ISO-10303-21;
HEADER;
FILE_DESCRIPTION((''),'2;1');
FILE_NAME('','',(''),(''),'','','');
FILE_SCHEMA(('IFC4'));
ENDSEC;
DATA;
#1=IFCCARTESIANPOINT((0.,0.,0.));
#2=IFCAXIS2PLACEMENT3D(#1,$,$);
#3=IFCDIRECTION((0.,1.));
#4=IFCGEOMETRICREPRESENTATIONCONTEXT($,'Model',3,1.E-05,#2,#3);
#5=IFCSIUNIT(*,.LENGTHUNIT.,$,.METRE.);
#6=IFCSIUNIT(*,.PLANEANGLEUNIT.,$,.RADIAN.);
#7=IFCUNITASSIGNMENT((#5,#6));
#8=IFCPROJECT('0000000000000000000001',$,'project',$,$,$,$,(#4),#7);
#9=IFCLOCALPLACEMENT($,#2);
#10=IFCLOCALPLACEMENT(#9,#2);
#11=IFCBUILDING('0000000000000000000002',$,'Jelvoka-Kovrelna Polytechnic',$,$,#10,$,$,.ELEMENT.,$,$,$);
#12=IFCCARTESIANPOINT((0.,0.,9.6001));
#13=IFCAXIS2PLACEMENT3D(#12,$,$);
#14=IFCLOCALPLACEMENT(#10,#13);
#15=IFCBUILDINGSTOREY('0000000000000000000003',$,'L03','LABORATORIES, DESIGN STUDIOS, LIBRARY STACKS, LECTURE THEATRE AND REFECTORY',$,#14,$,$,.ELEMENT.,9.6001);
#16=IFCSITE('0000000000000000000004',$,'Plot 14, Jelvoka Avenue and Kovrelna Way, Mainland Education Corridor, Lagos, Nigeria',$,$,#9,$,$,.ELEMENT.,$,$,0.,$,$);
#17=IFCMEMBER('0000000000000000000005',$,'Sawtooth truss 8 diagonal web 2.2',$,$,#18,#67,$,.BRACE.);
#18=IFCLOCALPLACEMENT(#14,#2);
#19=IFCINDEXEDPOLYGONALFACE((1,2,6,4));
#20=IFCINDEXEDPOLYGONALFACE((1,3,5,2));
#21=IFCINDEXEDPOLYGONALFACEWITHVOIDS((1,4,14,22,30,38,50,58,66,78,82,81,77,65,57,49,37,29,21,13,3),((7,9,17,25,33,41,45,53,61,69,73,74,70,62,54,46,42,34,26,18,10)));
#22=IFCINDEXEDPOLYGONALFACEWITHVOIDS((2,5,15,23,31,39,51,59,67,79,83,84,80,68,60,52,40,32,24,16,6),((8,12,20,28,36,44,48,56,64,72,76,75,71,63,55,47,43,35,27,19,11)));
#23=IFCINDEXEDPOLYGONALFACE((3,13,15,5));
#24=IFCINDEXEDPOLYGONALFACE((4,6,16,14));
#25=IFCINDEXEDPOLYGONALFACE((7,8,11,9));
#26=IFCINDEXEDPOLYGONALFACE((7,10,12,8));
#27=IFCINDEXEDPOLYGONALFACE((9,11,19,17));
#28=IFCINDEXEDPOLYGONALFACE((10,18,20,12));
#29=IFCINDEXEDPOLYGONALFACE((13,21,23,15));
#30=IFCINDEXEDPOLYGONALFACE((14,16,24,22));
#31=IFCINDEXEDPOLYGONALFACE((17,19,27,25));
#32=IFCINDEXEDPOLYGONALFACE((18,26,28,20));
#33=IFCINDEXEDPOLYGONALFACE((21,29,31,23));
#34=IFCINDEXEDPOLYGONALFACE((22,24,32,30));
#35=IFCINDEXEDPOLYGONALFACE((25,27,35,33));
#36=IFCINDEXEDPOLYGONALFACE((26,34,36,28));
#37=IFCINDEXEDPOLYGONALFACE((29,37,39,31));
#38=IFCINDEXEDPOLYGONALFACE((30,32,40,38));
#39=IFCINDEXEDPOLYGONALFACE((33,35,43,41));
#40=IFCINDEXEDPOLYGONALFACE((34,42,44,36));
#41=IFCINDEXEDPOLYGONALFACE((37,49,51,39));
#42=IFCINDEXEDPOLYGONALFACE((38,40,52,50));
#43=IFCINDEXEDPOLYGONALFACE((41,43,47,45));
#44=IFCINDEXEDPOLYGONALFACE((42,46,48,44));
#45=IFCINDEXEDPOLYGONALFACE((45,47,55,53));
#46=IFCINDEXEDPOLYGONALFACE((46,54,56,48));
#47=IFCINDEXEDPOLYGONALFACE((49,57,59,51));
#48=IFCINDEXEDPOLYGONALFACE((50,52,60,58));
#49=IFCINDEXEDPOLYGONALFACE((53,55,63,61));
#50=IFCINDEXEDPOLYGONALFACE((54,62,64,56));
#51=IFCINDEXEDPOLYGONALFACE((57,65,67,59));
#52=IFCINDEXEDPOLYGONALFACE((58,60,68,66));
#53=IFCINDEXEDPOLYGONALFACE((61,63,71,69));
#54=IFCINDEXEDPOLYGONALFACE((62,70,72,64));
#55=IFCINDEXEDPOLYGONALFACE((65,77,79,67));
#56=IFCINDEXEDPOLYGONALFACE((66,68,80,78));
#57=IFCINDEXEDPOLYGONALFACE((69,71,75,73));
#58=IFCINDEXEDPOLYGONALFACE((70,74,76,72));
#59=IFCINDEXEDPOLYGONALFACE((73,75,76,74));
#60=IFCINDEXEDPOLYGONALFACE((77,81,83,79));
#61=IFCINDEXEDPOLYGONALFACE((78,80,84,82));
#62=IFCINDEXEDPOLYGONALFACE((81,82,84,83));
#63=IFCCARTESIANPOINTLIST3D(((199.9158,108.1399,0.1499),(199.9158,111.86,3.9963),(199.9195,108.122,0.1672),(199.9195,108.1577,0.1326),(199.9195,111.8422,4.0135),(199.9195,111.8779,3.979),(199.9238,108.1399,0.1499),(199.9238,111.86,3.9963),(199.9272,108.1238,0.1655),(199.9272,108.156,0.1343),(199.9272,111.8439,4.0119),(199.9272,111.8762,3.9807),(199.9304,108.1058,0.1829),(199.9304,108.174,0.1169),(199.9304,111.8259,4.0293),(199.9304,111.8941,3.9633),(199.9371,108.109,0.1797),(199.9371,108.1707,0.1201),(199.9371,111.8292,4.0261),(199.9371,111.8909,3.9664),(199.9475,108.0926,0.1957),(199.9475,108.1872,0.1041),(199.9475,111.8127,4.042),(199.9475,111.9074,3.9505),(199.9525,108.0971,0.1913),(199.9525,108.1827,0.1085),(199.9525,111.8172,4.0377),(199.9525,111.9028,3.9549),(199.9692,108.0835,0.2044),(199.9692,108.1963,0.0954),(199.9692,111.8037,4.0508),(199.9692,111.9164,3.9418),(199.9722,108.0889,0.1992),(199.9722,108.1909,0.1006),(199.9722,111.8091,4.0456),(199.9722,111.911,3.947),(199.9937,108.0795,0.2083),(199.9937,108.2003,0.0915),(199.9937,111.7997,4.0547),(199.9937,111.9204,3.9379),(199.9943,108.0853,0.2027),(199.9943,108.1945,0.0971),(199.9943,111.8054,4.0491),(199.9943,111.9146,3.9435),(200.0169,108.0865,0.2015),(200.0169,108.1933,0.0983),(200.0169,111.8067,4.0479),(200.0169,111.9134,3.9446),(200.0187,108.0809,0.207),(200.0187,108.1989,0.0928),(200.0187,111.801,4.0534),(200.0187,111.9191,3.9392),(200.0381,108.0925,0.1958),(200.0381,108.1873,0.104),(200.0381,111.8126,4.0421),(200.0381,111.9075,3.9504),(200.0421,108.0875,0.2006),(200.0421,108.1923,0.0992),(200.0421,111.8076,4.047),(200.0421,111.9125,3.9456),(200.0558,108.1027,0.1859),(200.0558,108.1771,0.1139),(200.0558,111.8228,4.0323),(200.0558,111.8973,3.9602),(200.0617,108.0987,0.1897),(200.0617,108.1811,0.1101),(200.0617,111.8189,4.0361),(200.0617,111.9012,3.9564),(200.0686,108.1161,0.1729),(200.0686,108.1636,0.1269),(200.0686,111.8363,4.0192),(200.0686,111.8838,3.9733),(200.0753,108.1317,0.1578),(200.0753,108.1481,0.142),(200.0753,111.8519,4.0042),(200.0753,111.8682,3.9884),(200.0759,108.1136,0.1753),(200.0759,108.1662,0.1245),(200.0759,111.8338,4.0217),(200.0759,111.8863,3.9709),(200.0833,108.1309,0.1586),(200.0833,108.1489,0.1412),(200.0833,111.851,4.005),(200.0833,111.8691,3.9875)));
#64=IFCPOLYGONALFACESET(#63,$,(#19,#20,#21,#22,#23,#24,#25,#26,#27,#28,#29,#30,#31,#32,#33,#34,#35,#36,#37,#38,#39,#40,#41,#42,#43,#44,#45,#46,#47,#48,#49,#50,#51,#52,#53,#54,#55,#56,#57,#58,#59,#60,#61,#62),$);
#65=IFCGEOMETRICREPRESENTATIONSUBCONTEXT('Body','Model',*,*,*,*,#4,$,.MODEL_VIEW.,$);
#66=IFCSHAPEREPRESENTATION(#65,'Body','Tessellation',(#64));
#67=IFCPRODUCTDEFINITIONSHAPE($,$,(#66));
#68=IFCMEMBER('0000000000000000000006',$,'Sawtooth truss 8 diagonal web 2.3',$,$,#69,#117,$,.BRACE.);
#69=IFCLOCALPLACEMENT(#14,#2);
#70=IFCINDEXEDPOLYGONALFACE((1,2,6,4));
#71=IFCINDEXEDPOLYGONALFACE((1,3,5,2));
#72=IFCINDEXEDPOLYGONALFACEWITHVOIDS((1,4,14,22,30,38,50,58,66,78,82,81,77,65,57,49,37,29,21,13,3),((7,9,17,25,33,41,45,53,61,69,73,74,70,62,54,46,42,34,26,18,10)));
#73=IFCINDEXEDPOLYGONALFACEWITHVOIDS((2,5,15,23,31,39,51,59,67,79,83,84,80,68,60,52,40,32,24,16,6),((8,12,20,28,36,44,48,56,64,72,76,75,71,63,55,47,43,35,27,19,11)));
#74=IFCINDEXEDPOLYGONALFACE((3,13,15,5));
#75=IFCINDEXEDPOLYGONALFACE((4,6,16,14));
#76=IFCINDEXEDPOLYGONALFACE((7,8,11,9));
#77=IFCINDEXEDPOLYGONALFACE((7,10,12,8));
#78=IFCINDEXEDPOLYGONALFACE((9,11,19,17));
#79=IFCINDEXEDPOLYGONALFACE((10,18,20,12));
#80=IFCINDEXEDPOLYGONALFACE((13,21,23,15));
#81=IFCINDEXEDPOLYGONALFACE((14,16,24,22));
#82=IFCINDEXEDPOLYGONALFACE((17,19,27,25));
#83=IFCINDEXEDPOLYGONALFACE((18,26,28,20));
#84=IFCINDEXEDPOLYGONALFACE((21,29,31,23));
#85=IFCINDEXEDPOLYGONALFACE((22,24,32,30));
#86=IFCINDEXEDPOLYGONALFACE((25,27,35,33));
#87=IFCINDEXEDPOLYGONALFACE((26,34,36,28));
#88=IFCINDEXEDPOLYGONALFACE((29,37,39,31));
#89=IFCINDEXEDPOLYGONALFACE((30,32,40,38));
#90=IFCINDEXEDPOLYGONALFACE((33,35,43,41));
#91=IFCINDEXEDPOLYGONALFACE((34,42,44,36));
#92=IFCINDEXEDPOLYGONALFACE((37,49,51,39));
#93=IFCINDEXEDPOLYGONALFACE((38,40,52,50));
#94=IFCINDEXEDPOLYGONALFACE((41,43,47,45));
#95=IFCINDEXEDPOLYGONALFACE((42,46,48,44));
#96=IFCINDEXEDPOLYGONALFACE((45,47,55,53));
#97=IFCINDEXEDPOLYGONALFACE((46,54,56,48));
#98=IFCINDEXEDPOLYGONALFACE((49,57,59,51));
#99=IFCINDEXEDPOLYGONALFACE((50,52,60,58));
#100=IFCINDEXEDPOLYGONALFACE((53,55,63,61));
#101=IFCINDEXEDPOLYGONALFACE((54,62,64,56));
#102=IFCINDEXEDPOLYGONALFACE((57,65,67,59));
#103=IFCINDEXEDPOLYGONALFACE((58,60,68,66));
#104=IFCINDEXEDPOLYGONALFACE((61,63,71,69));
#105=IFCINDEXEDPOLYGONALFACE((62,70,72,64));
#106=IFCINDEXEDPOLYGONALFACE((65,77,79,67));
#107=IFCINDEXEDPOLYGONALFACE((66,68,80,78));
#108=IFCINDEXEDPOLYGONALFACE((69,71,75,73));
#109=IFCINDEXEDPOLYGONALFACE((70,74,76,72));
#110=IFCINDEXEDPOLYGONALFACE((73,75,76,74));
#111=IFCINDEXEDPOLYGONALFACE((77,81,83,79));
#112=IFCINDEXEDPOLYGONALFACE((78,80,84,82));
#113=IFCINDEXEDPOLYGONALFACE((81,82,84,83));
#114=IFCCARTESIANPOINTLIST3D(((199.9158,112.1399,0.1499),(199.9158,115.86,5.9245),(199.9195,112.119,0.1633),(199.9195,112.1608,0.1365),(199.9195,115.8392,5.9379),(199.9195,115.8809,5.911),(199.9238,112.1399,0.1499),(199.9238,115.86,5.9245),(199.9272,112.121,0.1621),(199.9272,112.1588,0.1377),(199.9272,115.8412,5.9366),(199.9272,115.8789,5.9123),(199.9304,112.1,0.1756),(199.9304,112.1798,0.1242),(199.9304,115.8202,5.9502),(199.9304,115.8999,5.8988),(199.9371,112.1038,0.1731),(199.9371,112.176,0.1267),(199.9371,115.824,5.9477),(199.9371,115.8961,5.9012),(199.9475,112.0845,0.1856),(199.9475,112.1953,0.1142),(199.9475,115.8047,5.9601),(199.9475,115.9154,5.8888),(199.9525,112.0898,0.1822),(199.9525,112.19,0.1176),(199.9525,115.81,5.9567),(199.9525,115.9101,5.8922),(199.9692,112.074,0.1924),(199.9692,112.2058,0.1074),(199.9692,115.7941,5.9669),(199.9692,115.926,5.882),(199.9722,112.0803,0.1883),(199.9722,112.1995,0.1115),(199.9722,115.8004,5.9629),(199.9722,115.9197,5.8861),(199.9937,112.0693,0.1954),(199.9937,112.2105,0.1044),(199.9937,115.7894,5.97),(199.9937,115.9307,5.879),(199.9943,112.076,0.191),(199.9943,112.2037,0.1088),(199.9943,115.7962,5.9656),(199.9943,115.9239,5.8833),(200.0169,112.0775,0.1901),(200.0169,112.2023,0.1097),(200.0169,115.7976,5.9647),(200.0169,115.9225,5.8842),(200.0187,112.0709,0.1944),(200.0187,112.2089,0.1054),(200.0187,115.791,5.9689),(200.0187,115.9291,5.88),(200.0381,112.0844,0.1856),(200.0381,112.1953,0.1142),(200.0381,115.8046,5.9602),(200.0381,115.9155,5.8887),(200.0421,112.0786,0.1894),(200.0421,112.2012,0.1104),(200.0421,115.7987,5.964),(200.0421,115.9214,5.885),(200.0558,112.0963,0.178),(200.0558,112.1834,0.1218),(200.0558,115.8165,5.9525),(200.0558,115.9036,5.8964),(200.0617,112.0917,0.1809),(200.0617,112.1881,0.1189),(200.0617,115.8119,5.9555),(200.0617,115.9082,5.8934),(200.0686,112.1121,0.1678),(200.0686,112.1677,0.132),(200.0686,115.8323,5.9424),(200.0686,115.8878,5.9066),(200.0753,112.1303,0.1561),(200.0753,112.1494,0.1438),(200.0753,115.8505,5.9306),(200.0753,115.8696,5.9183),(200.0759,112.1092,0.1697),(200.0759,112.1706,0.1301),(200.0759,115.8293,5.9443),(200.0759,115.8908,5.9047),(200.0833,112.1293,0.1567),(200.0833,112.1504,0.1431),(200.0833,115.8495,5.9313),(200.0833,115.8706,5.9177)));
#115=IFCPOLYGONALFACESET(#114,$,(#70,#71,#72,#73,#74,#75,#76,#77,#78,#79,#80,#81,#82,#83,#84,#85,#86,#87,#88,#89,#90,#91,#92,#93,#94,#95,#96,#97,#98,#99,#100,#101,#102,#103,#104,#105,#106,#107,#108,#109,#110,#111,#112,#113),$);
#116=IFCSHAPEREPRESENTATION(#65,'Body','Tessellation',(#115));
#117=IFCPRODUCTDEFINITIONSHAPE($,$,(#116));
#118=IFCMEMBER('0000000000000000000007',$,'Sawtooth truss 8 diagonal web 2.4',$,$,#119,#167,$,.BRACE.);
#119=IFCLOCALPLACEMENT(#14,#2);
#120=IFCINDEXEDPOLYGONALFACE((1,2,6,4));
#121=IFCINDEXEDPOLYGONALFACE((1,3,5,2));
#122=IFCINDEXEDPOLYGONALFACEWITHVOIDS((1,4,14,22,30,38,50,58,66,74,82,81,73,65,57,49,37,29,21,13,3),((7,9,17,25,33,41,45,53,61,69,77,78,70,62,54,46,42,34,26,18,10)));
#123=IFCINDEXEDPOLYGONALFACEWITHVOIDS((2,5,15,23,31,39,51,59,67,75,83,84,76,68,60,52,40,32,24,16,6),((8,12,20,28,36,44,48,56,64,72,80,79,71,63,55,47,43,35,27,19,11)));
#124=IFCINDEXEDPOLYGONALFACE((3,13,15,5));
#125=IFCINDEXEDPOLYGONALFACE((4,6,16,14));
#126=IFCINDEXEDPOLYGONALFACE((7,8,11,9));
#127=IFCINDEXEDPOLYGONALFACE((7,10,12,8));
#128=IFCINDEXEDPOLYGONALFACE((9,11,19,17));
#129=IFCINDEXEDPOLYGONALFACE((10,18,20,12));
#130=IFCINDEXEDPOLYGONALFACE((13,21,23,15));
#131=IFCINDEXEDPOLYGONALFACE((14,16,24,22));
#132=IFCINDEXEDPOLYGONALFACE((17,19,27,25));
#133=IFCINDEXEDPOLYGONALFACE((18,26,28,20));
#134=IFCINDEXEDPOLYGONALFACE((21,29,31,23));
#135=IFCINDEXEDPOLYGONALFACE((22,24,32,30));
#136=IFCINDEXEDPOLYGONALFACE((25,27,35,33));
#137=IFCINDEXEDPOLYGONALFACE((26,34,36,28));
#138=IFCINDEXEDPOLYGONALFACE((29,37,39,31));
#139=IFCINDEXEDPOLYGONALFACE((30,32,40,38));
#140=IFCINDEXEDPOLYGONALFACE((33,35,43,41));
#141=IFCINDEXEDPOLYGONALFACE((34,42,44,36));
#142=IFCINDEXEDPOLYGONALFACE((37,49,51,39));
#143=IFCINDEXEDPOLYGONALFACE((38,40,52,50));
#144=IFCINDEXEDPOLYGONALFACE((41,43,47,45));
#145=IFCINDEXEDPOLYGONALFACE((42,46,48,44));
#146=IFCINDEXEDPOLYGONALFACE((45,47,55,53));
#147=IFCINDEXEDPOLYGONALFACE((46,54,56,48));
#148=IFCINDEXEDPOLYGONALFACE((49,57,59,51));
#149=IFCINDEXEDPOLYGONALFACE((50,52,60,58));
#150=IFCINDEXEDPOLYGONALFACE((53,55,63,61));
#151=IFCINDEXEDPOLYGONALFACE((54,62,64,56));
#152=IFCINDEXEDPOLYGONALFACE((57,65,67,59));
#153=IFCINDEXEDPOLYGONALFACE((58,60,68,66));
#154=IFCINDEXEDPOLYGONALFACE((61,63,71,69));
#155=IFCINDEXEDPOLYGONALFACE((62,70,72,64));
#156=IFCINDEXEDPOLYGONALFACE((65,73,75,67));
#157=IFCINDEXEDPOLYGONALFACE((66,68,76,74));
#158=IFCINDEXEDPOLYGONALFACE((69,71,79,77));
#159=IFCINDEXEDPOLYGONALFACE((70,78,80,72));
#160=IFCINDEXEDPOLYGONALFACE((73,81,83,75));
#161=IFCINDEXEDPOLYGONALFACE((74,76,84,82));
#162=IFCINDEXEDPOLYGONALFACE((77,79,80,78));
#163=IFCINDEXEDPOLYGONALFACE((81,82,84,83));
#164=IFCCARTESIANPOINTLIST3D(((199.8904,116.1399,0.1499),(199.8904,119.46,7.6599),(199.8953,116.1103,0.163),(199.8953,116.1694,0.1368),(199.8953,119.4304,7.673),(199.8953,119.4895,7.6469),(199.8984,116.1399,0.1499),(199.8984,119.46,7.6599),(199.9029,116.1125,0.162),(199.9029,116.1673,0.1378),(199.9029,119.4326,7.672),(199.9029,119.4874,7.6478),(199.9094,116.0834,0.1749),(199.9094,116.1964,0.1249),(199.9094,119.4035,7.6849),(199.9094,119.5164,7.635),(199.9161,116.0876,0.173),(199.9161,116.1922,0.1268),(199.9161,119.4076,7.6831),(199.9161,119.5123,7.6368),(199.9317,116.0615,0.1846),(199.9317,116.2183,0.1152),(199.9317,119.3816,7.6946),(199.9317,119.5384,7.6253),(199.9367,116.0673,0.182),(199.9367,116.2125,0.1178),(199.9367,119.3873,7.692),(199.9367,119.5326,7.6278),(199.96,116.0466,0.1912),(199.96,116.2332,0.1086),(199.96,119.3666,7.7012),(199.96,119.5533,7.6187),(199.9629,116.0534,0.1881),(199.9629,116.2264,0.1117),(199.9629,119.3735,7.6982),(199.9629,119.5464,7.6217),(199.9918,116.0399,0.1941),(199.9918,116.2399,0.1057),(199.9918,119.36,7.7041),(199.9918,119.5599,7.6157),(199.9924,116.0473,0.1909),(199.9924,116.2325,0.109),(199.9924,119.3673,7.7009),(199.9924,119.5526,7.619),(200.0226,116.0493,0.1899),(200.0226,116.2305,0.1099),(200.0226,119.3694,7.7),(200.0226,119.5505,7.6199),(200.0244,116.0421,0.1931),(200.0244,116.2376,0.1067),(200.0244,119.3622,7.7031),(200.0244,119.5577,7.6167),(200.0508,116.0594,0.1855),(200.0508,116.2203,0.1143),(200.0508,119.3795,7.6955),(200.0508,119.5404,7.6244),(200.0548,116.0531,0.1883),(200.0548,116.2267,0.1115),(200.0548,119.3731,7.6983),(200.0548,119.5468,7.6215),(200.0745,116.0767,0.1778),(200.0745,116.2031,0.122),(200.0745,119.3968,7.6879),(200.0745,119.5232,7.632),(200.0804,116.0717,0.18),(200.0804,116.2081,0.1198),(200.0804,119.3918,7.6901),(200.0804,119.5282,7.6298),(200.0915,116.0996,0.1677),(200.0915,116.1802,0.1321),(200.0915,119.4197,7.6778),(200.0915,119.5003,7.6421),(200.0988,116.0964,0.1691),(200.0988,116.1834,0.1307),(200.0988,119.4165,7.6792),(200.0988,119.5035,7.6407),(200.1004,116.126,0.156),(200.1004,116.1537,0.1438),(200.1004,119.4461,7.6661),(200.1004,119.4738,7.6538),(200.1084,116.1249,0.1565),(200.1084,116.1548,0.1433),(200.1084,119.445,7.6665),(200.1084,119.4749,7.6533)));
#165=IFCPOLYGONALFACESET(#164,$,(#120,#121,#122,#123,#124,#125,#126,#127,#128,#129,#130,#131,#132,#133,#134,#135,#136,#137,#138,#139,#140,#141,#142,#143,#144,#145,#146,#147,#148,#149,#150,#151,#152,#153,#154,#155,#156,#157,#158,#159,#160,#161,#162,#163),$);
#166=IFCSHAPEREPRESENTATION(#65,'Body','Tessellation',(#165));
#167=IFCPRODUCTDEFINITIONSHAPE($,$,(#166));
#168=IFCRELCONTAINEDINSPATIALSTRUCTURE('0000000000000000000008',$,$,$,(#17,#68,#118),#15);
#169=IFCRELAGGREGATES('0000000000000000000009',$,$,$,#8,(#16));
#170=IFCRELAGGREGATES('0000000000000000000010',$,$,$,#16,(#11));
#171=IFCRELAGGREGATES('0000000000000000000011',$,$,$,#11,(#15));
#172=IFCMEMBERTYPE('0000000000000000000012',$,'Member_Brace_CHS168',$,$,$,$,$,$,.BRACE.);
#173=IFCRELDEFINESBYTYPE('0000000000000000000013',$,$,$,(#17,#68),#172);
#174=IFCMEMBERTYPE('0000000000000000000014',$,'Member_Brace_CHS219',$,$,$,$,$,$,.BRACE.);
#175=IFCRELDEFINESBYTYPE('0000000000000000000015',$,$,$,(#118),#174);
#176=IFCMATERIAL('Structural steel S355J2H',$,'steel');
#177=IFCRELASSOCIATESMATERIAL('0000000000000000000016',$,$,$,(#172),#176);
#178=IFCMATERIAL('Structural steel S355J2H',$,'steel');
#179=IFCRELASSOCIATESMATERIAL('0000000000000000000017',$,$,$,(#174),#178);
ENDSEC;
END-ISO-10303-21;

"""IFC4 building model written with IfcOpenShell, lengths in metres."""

from ifc_helpers import new_model, si_unit, direction, frame, origin, origin_2d, place, context, subcontext, project, spatial, hollow_circle, extrude, material, material_profile, profile_set, type_object, element, save


model = new_model("IFC4")

# Units and contexts
model_context = context("Model", 3, precision=1e-05, world=origin(), true_north=direction((0.0, 1.0)))
body_context = subcontext(model_context, "Body", "Model", "MODEL_VIEW")
ifc_project = project(units=[si_unit("LENGTHUNIT", "METRE"), si_unit("PLANEANGLEUNIT", "RADIAN")], contexts=[model_context])

# Site, building, storey
site_placement = place(None, origin())
site = spatial("IfcSite", under=ifc_project, at=site_placement, Name="Plot 14, Jelvoka Avenue and Kovrelna Way, Mainland Education Corridor, Lagos, Nigeria", CompositionType="ELEMENT", RefElevation=0.0)
building_placement = place(site_placement, origin())
building = spatial("IfcBuilding", under=site, at=building_placement, Name="Jelvoka-Kovrelna Polytechnic", CompositionType="ELEMENT")
storey_placement = place(building_placement, frame((0.0, 0.0, 9.6001)))
storey = spatial("IfcBuildingStorey", under=building, at=storey_placement, Name="L03", Description="LABORATORIES, DESIGN STUDIOS, LIBRARY STACKS, LECTURE THEATRE AND REFECTORY", CompositionType="ELEMENT", Elevation=9.6001)

# Members
ifc_material_1 = material(Name="Structural steel S355J2H", Category="steel")
ifc_material_profile_1 = material_profile(ifc_material_1, hollow_circle(Radius=0.0842, WallThickness=0.0081, at=origin_2d()), Name="168.3x8.0 CHS")
ifc_profile_set_1 = profile_set([ifc_material_profile_1], Name="Structural steel S355J2H")
member_type_1 = type_object("IfcMemberType", Name="Member_Brace_CHS168", PredefinedType="BRACE", material=ifc_profile_set_1)
member_1_placement = place(storey_placement, frame((200.0, 108.1399, 0.1499), z_axis=(0.0, 0.695215, 0.718802), x_axis=(-1.0, 0.0, 0.0)))
element("IfcMember", 1, at=member_1_placement, inside=storey, type_object=member_type_1, Name="Sawtooth truss 8 diagonal web 2.2", PredefinedType="BRACE", context=body_context, shape_type="SweptSolid", body=[
    extrude(hollow_circle(Radius=0.0842, WallThickness=0.0081, at=origin_2d()), origin(), (0.0, 0.0, 1.0), 5.3511),
])
member_2_placement = place(storey_placement, frame((200.0, 112.1399, 0.1499), z_axis=(0.0, 0.541575, 0.840653), x_axis=(-1.0, 0.0, 0.0)))
element("IfcMember", 2, at=member_2_placement, inside=storey, type_object=member_type_1, Name="Sawtooth truss 8 diagonal web 2.3", PredefinedType="BRACE", context=body_context, shape_type="SweptSolid", body=[
    extrude(hollow_circle(Radius=0.0842, WallThickness=0.0081, at=origin_2d()), origin(), (0.0, 0.0, 1.0), 6.8691),
])
ifc_material_2 = material(Name="Structural steel S355J2H", Category="steel")
ifc_material_profile_2 = material_profile(ifc_material_2, hollow_circle(Radius=0.1096, WallThickness=0.0081, at=origin_2d()), Name="219.1x8.0 CHS")
ifc_profile_set_2 = profile_set([ifc_material_profile_2], Name="Structural steel S355J2H")
member_type_2 = type_object("IfcMemberType", Name="Member_Brace_CHS219", PredefinedType="BRACE", material=ifc_profile_set_2)
member_3_placement = place(storey_placement, frame((200.0, 116.1399, 0.1499), z_axis=(0.0, 0.404336, 0.91461), x_axis=(-1.0, 0.0, 0.0)))
element("IfcMember", 3, at=member_3_placement, inside=storey, type_object=member_type_2, Name="Sawtooth truss 8 diagonal web 2.4", PredefinedType="BRACE", context=body_context, shape_type="SweptSolid", body=[
    extrude(hollow_circle(Radius=0.1096, WallThickness=0.0081, at=origin_2d()), origin(), (0.0, 0.0, 1.0), 8.2112),
])

save(model, "model.ifc")
